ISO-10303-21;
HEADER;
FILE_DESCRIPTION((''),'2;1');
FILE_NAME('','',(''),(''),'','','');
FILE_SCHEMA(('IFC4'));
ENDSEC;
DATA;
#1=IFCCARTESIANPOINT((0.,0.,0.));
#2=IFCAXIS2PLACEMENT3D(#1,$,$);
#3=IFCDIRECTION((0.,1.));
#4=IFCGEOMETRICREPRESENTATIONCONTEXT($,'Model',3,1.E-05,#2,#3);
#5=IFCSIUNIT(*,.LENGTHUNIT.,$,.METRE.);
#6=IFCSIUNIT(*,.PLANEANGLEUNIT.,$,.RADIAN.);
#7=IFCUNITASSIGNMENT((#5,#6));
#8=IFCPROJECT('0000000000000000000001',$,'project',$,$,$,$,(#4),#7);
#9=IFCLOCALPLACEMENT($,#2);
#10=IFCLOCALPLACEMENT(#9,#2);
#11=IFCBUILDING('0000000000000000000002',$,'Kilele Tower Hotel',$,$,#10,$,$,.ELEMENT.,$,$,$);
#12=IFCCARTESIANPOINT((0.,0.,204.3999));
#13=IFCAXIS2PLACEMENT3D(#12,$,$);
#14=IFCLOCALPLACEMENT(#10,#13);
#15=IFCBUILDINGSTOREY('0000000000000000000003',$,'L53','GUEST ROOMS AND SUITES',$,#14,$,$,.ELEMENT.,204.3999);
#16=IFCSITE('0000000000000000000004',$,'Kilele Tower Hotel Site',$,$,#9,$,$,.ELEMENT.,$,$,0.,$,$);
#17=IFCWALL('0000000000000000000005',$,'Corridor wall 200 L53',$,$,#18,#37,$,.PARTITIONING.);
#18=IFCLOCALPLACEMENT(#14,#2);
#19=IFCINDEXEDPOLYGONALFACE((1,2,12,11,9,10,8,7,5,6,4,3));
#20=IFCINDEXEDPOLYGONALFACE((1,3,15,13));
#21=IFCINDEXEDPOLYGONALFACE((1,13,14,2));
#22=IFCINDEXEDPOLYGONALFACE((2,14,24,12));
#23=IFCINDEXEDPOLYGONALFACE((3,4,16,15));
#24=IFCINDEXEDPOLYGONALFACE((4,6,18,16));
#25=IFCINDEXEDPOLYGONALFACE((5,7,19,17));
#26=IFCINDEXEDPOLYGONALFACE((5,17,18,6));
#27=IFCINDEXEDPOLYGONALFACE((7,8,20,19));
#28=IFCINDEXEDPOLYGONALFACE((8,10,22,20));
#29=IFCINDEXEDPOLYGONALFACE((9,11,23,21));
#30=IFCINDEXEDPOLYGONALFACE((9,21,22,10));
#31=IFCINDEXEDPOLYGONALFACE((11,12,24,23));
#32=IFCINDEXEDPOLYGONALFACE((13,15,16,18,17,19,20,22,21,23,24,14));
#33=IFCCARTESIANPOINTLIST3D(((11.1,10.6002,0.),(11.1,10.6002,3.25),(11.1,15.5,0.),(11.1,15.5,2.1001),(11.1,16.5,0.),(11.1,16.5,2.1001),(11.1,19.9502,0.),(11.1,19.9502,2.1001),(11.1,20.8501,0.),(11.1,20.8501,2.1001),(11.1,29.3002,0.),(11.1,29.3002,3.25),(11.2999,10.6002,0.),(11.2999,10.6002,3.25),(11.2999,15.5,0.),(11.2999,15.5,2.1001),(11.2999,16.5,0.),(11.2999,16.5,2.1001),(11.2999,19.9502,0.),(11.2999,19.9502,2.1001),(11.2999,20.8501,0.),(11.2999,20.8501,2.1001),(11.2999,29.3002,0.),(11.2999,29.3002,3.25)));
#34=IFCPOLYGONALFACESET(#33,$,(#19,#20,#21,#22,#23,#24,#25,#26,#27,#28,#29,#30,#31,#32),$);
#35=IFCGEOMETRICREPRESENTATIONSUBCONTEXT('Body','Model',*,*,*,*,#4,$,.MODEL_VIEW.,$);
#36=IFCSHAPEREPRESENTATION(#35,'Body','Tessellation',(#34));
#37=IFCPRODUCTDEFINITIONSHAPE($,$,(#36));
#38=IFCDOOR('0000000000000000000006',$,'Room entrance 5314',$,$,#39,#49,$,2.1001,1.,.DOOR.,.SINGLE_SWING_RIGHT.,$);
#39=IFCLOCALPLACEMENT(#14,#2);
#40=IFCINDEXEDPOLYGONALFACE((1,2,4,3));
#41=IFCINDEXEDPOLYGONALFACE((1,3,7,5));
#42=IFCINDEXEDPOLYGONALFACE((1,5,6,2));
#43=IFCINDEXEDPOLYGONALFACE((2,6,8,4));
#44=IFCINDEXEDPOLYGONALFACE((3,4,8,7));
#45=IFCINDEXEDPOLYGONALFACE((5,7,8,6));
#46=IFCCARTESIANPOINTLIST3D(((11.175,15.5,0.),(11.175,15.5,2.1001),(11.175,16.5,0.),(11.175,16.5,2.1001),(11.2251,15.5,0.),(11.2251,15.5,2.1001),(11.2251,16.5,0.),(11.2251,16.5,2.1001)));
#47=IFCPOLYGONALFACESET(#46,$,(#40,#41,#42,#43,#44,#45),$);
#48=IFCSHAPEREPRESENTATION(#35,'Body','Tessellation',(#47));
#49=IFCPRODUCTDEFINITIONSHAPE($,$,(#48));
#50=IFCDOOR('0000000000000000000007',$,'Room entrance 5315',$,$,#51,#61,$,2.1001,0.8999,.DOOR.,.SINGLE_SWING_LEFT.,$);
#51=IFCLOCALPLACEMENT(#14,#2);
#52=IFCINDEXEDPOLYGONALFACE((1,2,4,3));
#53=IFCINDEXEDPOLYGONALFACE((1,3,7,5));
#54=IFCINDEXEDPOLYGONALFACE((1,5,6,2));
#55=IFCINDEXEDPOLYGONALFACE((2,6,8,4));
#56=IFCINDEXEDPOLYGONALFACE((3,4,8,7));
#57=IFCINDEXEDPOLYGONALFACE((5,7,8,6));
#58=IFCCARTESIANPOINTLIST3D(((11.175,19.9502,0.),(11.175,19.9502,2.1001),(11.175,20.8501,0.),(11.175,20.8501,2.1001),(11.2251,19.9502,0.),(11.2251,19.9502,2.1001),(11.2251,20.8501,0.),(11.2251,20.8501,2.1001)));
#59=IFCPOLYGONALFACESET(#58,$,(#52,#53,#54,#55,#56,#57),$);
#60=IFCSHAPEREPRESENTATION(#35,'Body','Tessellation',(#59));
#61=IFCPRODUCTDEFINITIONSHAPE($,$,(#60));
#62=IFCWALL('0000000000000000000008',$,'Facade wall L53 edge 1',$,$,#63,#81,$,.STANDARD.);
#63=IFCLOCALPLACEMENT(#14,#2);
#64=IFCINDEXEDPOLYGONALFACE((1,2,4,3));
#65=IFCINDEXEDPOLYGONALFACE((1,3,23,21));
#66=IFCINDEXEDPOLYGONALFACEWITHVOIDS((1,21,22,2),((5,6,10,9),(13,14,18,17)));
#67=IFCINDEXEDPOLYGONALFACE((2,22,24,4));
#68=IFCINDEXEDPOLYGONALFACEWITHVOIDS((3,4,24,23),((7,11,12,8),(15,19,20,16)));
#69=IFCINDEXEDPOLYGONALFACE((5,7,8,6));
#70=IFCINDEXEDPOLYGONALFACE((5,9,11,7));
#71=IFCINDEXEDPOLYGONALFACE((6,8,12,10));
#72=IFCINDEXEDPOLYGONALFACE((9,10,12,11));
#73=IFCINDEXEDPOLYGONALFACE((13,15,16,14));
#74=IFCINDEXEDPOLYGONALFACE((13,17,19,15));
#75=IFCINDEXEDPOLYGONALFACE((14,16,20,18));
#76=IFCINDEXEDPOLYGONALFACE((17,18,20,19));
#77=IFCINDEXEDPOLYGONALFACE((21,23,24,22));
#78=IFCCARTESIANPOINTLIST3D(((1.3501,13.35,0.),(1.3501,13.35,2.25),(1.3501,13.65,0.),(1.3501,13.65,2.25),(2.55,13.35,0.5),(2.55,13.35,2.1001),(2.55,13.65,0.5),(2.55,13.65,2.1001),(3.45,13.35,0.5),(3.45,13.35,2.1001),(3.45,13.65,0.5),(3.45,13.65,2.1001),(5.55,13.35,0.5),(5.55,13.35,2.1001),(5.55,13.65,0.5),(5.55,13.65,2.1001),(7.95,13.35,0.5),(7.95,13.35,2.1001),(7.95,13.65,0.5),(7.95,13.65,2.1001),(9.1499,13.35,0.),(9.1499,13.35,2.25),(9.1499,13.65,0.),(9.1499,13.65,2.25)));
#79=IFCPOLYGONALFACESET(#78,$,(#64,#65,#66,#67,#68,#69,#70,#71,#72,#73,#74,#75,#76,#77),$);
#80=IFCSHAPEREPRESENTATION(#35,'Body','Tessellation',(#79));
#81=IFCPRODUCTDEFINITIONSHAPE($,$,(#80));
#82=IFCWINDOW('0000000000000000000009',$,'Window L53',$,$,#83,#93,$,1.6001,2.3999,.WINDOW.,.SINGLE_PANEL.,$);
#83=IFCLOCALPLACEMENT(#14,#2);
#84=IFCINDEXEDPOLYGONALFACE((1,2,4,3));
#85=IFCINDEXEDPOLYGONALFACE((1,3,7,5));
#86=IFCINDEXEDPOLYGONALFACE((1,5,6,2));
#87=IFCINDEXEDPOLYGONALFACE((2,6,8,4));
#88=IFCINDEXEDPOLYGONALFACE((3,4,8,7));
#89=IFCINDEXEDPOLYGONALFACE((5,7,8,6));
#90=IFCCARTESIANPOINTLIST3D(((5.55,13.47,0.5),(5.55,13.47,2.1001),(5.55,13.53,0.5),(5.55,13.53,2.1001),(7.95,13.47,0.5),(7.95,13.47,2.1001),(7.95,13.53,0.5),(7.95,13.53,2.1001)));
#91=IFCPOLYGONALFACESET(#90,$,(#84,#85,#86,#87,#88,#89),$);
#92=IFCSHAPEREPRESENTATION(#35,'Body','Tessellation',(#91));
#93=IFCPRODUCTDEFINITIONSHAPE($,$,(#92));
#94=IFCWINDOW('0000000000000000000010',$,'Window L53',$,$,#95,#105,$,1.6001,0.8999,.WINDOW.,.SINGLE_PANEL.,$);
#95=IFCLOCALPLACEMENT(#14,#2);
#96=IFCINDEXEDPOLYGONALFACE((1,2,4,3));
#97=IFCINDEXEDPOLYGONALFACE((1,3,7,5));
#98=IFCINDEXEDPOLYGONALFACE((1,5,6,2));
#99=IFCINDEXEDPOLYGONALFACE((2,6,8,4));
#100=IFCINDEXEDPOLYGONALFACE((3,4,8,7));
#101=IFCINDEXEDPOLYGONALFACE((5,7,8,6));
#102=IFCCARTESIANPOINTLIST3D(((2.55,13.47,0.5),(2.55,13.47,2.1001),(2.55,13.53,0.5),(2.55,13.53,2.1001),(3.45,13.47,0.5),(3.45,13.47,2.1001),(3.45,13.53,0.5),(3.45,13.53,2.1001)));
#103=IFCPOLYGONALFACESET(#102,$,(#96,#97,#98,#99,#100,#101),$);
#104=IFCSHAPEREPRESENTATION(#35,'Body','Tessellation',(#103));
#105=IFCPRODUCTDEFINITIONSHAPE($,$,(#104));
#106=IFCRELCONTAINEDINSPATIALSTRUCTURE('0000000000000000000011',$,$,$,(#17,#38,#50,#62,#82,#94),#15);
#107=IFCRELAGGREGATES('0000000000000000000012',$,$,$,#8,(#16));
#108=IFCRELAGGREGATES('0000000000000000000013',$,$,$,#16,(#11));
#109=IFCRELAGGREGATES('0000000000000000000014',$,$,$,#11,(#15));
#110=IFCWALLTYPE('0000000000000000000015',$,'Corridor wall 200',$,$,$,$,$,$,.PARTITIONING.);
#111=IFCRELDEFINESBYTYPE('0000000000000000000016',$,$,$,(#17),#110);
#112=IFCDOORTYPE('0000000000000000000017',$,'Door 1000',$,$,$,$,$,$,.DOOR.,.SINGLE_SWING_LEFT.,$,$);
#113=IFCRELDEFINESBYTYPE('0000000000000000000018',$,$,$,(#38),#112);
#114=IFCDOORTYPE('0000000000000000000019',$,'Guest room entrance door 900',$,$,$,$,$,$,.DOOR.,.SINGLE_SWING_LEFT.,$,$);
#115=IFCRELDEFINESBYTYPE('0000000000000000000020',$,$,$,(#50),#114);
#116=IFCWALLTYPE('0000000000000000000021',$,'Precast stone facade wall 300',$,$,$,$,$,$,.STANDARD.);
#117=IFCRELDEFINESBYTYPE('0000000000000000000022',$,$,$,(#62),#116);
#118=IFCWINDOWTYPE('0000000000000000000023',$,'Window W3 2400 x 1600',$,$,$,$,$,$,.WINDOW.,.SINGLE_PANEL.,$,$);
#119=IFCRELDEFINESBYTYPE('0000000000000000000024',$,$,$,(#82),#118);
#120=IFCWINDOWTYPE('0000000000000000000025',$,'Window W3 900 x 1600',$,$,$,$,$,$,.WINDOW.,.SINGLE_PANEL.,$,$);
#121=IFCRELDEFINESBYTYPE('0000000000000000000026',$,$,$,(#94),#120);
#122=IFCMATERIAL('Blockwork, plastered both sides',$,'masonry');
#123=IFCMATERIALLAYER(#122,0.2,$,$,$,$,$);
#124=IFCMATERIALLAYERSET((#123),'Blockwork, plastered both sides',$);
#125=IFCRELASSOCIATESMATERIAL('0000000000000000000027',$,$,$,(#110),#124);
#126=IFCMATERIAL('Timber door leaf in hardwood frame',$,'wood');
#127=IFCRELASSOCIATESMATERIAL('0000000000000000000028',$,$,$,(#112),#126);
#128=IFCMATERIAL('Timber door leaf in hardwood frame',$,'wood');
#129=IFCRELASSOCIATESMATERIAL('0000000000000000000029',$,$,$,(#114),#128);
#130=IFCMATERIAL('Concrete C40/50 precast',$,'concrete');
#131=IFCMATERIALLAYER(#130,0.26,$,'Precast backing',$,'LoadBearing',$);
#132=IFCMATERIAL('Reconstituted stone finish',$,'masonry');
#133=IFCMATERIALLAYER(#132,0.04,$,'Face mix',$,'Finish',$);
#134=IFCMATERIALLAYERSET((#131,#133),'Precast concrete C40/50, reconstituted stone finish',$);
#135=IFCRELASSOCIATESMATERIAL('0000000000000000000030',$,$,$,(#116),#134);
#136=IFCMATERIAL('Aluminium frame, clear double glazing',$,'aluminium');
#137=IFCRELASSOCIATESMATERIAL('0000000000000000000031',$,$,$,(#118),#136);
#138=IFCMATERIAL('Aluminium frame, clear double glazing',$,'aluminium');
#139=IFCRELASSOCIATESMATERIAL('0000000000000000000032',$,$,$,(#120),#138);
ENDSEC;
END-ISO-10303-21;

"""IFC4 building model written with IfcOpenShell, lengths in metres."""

from ifc_helpers import new_model, si_unit, direction, frame, frame_2d, origin, place, context, subcontext, project, spatial, rectangle, extrude, material, layer, layer_set, type_object, element, fill, save


model = new_model("IFC4")

# Units and contexts
model_context = context("Model", 3, precision=1e-05, world=origin(), true_north=direction((0.0, 1.0)))
body_context = subcontext(model_context, "Body", "Model", "MODEL_VIEW")
ifc_project = project(units=[si_unit("LENGTHUNIT", "METRE"), si_unit("PLANEANGLEUNIT", "RADIAN")], contexts=[model_context])

# Site, building, storey
site_placement = place(None, origin())
site = spatial("IfcSite", under=ifc_project, at=site_placement, Name="Kilele Tower Hotel Site", CompositionType="ELEMENT", RefElevation=0.0)
building_placement = place(site_placement, origin())
building = spatial("IfcBuilding", under=site, at=building_placement, Name="Kilele Tower Hotel", CompositionType="ELEMENT")
storey_placement = place(building_placement, frame((0.0, 0.0, 204.3999)))
storey = spatial("IfcBuildingStorey", under=building, at=storey_placement, Name="L53", Description="GUEST ROOMS AND SUITES", CompositionType="ELEMENT", Elevation=204.3999)

# Wall, openings, doors
ifc_material_1 = material(Name="Blockwork, plastered both sides", Category="masonry")
ifc_layer_1 = layer(ifc_material_1, 0.2)
ifc_layer_set_1 = layer_set([ifc_layer_1], Name="Blockwork, plastered both sides")
wall_type_1 = type_object("IfcWallType", Name="Corridor wall 200", PredefinedType="PARTITIONING", material=ifc_layer_set_1)
wall_1_placement = place(storey_placement, frame((11.2, 10.6001, 0.0), z_axis=(0.0, 0.0, 1.0), x_axis=(0.0, 1.0, 0.0)))
wall_1 = element("IfcWall", 1, at=wall_1_placement, inside=storey, type_object=wall_type_1, Name="Corridor wall 200 L53", PredefinedType="PARTITIONING", context=body_context, shape_type="SweptSolid", body=[
    extrude(rectangle(XDim=18.7, YDim=0.2, at=frame_2d((9.3501, 0.0))), origin(), (0.0, 0.0, 1.0), 3.25),
])
opening_1_placement = place(wall_1_placement, frame((4.8999, 0.0, 0.0)))
opening_1 = element("IfcOpeningElement", 2, at=opening_1_placement, cuts=wall_1, PredefinedType="OPENING", context=body_context, shape_type="SweptSolid", body=[
    extrude(rectangle(XDim=1.0, YDim=2.1001, at=frame_2d((0.5, 1.05))), frame((0.0, 0.1099, 0.0), z_axis=(0.0, -1.0, 0.0), x_axis=(1.0, 0.0, 0.0)), (0.0, 0.0, 1.0), 0.22),
])
opening_2_placement = place(wall_1_placement, frame((9.3501, 0.0, 0.0)))
opening_2 = element("IfcOpeningElement", 3, at=opening_2_placement, cuts=wall_1, PredefinedType="OPENING", context=body_context, shape_type="SweptSolid", body=[
    extrude(rectangle(XDim=0.8999, YDim=2.1001, at=frame_2d((0.45, 1.05))), frame((0.0, 0.1099, 0.0), z_axis=(0.0, -1.0, 0.0), x_axis=(1.0, 0.0, 0.0)), (0.0, 0.0, 1.0), 0.22),
])
ifc_material_2 = material(Name="Timber door leaf in hardwood frame", Category="wood")
door_type_1 = type_object("IfcDoorType", Name="Door 1000", OperationType="SINGLE_SWING_LEFT", PredefinedType="DOOR", material=ifc_material_2)
door_1_placement = place(opening_1_placement, origin())
door_1 = element("IfcDoor", 4, at=door_1_placement, inside=storey, type_object=door_type_1, Name="Room entrance 5314", OperationType="SINGLE_SWING_RIGHT", OverallHeight=2.1001, OverallWidth=1.0, PredefinedType="DOOR", context=body_context, shape_type="SweptSolid", body=[
    extrude(rectangle(XDim=1.0, YDim=2.1001, at=frame_2d((0.5, 1.05))), frame((0.0, 0.0249, 0.0), z_axis=(0.0, -1.0, 0.0), x_axis=(1.0, 0.0, 0.0)), (0.0, 0.0, 1.0), 0.05),
])
fill(opening_1, door_1)
ifc_material_3 = material(Name="Timber door leaf in hardwood frame", Category="wood")
door_type_2 = type_object("IfcDoorType", Name="Guest room entrance door 900", OperationType="SINGLE_SWING_LEFT", PredefinedType="DOOR", material=ifc_material_3)
door_2_placement = place(opening_2_placement, origin())
door_2 = element("IfcDoor", 5, at=door_2_placement, inside=storey, type_object=door_type_2, Name="Room entrance 5315", OperationType="SINGLE_SWING_LEFT", OverallHeight=2.1001, OverallWidth=0.8999, PredefinedType="DOOR", context=body_context, shape_type="SweptSolid", body=[
    extrude(rectangle(XDim=0.8999, YDim=2.1001, at=frame_2d((0.45, 1.05))), frame((0.0, 0.0249, 0.0), z_axis=(0.0, -1.0, 0.0), x_axis=(1.0, 0.0, 0.0)), (0.0, 0.0, 1.0), 0.05),
])
fill(opening_2, door_2)

# Wall, openings, windows
ifc_material_4 = material(Name="Concrete C40/50 precast", Category="concrete")
ifc_layer_2 = layer(ifc_material_4, 0.26, Name="Precast backing", Category="LoadBearing")
ifc_material_5 = material(Name="Reconstituted stone finish", Category="masonry")
ifc_layer_3 = layer(ifc_material_5, 0.04, Name="Face mix", Category="Finish")
ifc_layer_set_2 = layer_set([ifc_layer_2, ifc_layer_3], Name="Precast concrete C40/50, reconstituted stone finish")
wall_type_2 = type_object("IfcWallType", Name="Precast stone facade wall 300", PredefinedType="STANDARD", material=ifc_layer_set_2)
wall_2_placement = place(storey_placement, frame((1.3501, 13.5, 0.0), z_axis=(0.0, 0.0, 1.0), x_axis=(1.0, 0.0, 0.0)))
wall_2 = element("IfcWall", 6, at=wall_2_placement, inside=storey, type_object=wall_type_2, Name="Facade wall L53 edge 1", PredefinedType="STANDARD", context=body_context, shape_type="SweptSolid", body=[
    extrude(rectangle(XDim=7.7998, YDim=0.3, at=frame_2d((3.8999, 0.0))), origin(), (0.0, 0.0, 1.0), 2.25),
])
opening_3_placement = place(wall_2_placement, frame((1.2, 0.0, 0.5)))
opening_3 = element("IfcOpeningElement", 7, at=opening_3_placement, cuts=wall_2, PredefinedType="OPENING", context=body_context, shape_type="SweptSolid", body=[
    extrude(rectangle(XDim=0.8999, YDim=1.6001, at=frame_2d((0.45, 0.8))), frame((0.0, 0.1599, 0.0), z_axis=(0.0, -1.0, 0.0), x_axis=(1.0, 0.0, 0.0)), (0.0, 0.0, 1.0), 0.3201),
])
opening_4_placement = place(wall_2_placement, frame((4.2, 0.0, 0.5)))
opening_4 = element("IfcOpeningElement", 8, at=opening_4_placement, cuts=wall_2, PredefinedType="OPENING", context=body_context, shape_type="SweptSolid", body=[
    extrude(rectangle(XDim=2.3999, YDim=1.6001, at=frame_2d((1.2, 0.8))), frame((0.0, 0.1599, 0.0), z_axis=(0.0, -1.0, 0.0), x_axis=(1.0, 0.0, 0.0)), (0.0, 0.0, 1.0), 0.3201),
])
ifc_material_6 = material(Name="Aluminium frame, clear double glazing", Category="aluminium")
window_type_1 = type_object("IfcWindowType", Name="Window W3 2400 x 1600", PartitioningType="SINGLE_PANEL", PredefinedType="WINDOW", material=ifc_material_6)
window_1_placement = place(opening_4_placement, origin())
window_1 = element("IfcWindow", 9, at=window_1_placement, inside=storey, type_object=window_type_1, Name="Window L53", OverallHeight=1.6001, OverallWidth=2.3999, PartitioningType="SINGLE_PANEL", PredefinedType="WINDOW", context=body_context, shape_type="SweptSolid", body=[
    extrude(rectangle(XDim=2.3999, YDim=1.6001, at=frame_2d((1.2, 0.8))), frame((0.0, 0.03, 0.0), z_axis=(0.0, -1.0, 0.0), x_axis=(1.0, 0.0, 0.0)), (0.0, 0.0, 1.0), 0.0601),
])
fill(opening_4, window_1)
ifc_material_7 = material(Name="Aluminium frame, clear double glazing", Category="aluminium")
window_type_2 = type_object("IfcWindowType", Name="Window W3 900 x 1600", PartitioningType="SINGLE_PANEL", PredefinedType="WINDOW", material=ifc_material_7)
window_2_placement = place(opening_3_placement, origin())
window_2 = element("IfcWindow", 10, at=window_2_placement, inside=storey, type_object=window_type_2, Name="Window L53", OverallHeight=1.6001, OverallWidth=0.8999, PartitioningType="SINGLE_PANEL", PredefinedType="WINDOW", context=body_context, shape_type="SweptSolid", body=[
    extrude(rectangle(XDim=0.8999, YDim=1.6001, at=frame_2d((0.45, 0.8))), frame((0.0, 0.03, 0.0), z_axis=(0.0, -1.0, 0.0), x_axis=(1.0, 0.0, 0.0)), (0.0, 0.0, 1.0), 0.0601),
])
fill(opening_3, window_2)

save(model, "model.ifc")
